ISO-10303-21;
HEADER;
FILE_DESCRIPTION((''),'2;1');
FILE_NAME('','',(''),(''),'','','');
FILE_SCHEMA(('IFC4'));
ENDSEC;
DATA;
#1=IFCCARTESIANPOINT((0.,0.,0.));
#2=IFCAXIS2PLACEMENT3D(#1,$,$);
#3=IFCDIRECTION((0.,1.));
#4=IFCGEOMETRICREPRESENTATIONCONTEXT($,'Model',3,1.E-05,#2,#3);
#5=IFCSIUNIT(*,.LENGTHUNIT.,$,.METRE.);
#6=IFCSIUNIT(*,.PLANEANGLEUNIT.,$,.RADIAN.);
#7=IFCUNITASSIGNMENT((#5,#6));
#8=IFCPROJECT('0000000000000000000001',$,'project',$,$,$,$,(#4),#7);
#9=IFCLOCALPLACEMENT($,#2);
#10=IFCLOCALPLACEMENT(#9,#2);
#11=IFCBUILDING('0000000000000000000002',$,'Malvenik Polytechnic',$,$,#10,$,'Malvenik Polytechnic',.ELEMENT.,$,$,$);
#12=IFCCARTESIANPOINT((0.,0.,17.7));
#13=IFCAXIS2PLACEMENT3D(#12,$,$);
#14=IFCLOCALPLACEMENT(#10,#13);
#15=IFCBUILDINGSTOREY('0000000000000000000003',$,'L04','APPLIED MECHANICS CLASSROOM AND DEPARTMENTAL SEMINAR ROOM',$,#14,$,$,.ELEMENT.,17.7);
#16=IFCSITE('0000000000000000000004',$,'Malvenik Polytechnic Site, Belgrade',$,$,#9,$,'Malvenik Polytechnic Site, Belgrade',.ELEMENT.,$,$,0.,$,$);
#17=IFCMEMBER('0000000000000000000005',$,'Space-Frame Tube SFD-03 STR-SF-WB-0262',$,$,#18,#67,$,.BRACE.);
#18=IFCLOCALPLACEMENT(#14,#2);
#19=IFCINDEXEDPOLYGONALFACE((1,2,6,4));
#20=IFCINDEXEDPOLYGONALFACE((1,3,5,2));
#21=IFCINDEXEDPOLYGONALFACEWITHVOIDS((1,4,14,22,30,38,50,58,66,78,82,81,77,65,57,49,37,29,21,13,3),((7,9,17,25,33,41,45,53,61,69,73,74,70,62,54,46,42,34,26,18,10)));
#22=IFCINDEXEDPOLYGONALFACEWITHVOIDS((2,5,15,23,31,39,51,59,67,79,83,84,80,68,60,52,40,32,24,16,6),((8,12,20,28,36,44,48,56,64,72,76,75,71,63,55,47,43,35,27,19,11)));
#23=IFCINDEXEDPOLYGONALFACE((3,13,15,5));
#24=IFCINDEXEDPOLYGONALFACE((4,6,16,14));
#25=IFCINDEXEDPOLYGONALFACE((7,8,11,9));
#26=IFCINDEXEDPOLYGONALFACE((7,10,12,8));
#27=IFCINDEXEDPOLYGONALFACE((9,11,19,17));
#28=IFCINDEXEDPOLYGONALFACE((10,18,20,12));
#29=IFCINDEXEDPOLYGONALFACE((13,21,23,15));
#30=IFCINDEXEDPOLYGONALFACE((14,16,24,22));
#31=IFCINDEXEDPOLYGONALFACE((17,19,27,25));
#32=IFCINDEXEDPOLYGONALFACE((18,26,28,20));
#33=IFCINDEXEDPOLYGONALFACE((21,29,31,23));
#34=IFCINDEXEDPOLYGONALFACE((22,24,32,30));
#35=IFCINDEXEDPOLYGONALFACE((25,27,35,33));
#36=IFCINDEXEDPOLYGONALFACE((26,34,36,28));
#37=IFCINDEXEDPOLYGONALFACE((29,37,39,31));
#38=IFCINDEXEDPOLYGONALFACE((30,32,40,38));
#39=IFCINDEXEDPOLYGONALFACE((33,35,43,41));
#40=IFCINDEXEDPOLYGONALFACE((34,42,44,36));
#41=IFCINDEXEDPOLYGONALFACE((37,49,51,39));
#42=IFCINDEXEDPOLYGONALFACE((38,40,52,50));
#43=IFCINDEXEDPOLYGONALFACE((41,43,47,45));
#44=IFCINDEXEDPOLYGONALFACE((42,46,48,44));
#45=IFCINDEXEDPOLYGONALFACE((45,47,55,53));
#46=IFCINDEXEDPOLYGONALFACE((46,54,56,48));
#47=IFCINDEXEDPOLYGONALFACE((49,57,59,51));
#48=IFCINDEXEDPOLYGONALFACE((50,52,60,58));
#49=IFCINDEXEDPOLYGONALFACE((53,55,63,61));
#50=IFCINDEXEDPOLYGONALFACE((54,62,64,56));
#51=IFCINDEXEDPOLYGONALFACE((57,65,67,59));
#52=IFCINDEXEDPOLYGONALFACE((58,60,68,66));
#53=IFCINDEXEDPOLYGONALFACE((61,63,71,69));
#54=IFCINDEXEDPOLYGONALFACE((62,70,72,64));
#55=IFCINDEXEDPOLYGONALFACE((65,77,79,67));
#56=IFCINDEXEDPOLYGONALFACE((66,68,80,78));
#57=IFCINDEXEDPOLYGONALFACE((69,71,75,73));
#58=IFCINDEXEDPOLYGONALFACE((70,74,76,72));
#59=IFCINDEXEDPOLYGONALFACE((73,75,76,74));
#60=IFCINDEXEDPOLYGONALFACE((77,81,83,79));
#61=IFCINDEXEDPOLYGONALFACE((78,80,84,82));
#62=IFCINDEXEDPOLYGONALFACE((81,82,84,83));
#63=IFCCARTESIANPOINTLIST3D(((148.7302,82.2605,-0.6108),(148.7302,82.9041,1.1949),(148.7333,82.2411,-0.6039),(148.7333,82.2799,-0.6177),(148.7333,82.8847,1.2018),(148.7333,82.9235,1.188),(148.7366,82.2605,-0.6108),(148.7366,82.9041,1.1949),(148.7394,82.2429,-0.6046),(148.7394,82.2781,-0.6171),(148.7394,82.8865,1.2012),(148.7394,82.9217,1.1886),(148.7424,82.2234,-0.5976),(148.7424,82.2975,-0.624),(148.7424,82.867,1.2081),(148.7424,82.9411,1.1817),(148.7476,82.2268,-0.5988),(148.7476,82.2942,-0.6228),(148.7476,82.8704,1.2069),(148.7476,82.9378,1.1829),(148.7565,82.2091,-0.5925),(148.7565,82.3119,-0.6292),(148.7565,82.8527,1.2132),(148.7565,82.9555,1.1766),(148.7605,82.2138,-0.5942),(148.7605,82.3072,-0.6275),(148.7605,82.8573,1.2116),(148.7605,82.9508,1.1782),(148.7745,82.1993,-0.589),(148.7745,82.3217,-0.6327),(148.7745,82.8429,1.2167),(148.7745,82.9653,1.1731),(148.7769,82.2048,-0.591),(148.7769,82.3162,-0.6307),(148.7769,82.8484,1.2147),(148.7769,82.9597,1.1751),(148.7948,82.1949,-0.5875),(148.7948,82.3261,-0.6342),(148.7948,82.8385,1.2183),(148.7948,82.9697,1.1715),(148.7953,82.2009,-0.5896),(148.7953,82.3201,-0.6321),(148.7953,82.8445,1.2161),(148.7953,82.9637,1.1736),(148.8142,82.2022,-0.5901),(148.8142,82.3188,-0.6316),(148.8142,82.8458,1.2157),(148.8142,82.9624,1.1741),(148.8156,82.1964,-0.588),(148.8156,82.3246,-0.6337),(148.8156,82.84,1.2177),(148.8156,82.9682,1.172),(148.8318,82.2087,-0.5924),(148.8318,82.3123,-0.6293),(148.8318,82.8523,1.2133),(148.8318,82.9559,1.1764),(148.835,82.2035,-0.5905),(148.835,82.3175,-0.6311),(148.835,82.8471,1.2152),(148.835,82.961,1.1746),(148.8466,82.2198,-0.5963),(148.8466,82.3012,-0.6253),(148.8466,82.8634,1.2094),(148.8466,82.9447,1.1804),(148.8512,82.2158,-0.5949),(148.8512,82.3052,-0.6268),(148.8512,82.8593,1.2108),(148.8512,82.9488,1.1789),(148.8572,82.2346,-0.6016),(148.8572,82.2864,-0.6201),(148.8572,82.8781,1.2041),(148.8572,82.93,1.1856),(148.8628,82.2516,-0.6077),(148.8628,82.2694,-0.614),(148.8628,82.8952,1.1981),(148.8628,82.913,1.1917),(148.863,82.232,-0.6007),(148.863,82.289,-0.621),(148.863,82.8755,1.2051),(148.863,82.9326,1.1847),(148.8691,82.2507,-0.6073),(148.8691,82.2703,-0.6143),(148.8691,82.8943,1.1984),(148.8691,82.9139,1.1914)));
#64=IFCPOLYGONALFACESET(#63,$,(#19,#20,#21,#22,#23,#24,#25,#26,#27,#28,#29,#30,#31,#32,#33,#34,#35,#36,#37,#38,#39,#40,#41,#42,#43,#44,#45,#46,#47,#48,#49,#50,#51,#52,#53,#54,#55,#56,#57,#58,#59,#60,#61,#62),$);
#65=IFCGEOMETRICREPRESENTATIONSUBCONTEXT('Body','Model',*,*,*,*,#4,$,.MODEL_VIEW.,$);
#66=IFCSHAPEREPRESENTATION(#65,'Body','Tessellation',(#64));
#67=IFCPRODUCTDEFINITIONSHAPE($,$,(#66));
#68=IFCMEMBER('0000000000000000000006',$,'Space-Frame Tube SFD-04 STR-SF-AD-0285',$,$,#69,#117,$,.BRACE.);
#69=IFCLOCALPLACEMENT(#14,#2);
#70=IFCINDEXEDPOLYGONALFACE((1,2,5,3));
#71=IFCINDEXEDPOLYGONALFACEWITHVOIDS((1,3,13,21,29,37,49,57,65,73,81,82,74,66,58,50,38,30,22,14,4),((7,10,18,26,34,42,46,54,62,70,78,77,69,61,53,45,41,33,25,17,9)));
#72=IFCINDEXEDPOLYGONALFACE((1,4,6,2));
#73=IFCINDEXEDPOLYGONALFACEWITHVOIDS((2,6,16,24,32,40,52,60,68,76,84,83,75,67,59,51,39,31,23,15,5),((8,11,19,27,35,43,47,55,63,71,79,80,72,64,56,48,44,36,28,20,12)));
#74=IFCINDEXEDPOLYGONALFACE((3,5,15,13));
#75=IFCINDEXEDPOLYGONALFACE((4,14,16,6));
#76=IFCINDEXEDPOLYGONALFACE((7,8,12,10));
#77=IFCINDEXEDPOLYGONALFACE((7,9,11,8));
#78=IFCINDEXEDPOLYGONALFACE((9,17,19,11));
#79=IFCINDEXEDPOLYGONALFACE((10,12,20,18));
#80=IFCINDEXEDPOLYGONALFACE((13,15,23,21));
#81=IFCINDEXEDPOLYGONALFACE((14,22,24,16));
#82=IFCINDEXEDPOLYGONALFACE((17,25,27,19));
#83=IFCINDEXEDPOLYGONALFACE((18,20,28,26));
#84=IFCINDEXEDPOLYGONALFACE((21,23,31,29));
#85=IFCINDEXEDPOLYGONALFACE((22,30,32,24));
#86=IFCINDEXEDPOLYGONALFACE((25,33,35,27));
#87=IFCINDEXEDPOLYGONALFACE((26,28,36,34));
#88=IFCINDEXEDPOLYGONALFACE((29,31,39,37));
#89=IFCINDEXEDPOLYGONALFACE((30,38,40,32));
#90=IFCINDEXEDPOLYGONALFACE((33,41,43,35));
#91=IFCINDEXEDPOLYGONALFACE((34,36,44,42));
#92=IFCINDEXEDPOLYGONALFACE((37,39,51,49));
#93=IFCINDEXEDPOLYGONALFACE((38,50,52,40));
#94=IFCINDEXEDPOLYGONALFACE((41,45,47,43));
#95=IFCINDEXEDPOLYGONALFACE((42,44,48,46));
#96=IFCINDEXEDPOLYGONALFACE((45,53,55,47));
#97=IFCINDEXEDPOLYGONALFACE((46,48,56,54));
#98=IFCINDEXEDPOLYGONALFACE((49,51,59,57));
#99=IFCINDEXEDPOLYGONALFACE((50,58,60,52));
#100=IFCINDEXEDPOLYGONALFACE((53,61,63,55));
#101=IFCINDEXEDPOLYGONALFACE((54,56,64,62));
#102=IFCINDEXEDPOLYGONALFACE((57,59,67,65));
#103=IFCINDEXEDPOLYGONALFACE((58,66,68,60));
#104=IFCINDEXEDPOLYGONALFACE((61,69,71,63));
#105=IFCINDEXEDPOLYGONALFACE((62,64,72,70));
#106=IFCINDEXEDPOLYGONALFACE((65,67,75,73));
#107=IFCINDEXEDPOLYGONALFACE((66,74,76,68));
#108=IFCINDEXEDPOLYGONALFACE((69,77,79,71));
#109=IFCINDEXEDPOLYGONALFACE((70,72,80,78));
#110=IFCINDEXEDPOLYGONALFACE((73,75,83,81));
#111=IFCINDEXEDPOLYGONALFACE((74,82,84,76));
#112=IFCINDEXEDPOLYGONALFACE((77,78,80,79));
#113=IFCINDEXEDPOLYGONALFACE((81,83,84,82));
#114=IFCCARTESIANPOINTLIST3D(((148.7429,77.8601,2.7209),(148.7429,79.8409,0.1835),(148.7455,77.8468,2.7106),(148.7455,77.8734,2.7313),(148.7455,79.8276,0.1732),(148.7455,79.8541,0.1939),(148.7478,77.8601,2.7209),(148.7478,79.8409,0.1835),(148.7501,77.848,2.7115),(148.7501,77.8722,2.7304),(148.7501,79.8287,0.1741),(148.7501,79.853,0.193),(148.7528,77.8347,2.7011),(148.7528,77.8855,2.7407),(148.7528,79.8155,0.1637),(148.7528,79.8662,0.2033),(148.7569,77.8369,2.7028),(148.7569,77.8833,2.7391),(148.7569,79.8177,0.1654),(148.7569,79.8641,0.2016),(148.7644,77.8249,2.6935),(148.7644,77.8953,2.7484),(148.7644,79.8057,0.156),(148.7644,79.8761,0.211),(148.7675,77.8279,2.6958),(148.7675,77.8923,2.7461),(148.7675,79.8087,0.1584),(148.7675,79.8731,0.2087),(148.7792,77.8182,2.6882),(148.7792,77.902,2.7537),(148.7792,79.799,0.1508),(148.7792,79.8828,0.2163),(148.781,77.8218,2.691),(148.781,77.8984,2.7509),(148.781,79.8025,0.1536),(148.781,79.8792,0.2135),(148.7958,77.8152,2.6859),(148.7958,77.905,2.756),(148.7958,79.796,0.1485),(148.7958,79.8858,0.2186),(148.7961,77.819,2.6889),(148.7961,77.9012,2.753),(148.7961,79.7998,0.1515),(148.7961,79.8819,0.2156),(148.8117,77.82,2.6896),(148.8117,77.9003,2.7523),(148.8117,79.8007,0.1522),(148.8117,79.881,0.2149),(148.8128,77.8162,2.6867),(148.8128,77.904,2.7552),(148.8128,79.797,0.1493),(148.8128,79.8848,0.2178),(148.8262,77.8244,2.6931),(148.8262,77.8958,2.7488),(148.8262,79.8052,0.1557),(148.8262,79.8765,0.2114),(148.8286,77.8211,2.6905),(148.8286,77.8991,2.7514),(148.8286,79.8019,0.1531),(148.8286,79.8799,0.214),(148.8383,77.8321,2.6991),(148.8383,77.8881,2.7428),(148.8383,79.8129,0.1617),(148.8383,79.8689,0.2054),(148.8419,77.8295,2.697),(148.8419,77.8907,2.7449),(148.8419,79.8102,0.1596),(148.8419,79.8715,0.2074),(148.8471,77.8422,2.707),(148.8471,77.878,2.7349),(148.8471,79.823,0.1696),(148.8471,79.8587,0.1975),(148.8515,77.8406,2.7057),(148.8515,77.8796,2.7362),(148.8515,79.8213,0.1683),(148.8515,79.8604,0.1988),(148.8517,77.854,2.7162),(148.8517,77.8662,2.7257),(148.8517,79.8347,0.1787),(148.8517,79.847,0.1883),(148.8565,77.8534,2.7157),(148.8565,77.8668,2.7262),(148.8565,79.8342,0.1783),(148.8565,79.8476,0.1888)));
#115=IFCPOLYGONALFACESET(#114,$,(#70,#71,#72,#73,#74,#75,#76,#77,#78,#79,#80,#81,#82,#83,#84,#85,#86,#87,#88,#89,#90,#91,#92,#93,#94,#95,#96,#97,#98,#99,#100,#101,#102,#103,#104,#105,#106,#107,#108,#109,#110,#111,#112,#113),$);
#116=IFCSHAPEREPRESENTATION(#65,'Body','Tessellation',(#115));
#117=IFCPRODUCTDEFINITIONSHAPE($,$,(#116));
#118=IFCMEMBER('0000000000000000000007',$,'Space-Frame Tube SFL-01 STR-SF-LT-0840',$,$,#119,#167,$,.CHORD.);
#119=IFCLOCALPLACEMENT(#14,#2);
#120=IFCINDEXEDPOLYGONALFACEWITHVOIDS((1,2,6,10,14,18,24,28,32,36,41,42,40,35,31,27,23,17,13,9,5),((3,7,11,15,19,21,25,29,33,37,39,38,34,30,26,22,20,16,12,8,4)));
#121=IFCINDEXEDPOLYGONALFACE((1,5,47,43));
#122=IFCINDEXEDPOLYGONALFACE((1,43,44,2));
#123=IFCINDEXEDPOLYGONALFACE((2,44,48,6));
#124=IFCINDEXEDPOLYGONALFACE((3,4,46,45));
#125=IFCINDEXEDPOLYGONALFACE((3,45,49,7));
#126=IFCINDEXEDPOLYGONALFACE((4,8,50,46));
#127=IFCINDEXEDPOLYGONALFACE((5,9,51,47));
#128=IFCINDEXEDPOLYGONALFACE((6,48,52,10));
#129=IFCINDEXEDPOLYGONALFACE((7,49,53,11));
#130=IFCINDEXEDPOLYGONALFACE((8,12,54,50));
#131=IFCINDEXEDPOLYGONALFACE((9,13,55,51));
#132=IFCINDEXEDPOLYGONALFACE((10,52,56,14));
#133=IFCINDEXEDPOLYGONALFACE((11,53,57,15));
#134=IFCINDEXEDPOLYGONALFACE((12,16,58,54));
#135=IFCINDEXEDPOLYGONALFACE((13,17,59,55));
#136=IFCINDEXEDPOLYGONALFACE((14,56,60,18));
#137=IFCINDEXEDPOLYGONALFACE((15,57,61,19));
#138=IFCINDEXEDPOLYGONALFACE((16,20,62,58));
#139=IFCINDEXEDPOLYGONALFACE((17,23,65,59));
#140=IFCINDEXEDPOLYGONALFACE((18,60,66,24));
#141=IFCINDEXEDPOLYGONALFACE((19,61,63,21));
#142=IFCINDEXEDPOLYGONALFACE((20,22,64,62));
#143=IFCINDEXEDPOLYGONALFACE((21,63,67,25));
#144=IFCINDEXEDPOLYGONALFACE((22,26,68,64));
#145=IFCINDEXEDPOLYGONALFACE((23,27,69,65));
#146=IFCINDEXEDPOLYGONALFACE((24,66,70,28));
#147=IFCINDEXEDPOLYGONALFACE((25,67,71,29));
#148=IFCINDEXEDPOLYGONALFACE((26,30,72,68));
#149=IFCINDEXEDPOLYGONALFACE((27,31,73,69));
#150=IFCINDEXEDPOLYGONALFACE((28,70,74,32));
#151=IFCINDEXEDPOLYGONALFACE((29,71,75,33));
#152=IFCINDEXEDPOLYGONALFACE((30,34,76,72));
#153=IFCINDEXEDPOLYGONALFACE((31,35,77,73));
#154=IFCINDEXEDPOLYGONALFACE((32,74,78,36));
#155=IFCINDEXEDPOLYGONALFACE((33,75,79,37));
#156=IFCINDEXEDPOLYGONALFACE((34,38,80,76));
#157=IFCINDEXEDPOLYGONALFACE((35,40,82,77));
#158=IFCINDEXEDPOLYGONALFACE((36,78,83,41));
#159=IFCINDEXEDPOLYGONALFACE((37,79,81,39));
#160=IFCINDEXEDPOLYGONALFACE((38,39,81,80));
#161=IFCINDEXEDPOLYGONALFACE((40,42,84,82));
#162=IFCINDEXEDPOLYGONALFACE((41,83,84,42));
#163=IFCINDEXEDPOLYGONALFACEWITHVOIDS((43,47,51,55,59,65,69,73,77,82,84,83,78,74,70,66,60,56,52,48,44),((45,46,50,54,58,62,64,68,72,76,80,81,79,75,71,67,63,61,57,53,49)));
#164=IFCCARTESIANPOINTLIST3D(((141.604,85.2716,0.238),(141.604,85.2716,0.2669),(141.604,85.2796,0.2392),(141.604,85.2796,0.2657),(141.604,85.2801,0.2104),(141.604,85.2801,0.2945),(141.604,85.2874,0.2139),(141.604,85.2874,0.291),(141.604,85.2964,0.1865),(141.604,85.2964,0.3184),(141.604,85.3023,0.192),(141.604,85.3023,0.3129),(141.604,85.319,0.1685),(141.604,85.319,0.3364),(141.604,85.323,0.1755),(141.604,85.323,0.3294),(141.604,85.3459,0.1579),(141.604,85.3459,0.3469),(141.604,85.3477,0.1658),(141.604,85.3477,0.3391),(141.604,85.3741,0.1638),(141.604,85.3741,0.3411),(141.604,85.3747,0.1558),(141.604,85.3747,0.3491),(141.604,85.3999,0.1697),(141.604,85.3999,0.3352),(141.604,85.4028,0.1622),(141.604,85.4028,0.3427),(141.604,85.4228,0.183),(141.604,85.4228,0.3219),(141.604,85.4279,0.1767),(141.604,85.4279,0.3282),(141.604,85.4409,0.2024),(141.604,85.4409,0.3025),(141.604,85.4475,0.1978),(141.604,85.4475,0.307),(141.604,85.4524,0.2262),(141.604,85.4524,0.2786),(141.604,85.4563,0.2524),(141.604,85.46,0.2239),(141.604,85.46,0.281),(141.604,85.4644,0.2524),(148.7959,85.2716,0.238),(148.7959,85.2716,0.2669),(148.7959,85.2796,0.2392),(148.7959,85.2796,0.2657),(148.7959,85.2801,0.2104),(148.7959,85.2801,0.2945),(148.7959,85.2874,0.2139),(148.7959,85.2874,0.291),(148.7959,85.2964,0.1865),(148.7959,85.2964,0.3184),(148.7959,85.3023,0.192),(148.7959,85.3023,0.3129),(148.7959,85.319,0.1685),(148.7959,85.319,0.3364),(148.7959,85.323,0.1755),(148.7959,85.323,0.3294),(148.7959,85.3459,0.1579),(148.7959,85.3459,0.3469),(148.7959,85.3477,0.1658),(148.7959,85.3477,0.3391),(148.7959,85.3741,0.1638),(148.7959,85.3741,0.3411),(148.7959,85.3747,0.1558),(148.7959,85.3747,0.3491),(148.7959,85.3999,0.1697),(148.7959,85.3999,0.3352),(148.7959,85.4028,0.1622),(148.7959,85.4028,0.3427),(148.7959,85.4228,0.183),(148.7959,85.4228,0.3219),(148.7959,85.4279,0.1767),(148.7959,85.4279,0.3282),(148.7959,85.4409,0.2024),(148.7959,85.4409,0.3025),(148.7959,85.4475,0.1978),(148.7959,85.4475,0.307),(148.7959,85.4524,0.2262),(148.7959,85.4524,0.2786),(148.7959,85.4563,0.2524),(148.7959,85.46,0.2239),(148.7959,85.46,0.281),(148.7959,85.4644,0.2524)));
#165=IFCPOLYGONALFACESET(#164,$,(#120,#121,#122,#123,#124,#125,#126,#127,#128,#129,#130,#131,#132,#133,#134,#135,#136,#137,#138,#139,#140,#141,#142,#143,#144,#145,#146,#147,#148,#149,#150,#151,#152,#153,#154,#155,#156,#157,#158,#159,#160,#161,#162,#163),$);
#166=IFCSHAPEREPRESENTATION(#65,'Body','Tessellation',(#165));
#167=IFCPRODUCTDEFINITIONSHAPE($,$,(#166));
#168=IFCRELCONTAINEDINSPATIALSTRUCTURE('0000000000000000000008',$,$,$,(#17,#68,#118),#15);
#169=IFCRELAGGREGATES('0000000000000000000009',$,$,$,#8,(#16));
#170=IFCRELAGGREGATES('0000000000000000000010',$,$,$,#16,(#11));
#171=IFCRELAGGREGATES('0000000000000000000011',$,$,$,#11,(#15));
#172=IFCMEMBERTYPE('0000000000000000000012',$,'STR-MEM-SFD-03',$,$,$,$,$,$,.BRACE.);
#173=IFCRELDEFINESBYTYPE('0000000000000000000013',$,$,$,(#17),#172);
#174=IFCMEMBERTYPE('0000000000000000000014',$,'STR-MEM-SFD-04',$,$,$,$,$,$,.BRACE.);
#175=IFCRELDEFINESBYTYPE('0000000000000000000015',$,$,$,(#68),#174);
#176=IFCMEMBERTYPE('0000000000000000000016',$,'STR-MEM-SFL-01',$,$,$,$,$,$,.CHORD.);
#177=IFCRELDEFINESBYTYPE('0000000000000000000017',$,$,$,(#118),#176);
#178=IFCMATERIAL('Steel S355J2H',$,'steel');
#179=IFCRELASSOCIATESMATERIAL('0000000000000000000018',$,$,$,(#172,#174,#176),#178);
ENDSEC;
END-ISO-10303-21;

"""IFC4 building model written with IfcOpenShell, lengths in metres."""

from ifc_helpers import new_model, si_unit, direction, frame, origin, origin_2d, place, context, subcontext, project, spatial, hollow_circle, extrude, material, material_profile, profile_set, type_object, element, save


model = new_model("IFC4")

# Units and contexts
model_context = context("Model", 3, precision=1e-05, world=origin(), true_north=direction((0.0, 1.0)))
body_context = subcontext(model_context, "Body", "Model", "MODEL_VIEW")
ifc_project = project(units=[si_unit("LENGTHUNIT", "METRE"), si_unit("PLANEANGLEUNIT", "RADIAN")], contexts=[model_context])

# Site, building, storey
site_placement = place(None, origin())
site = spatial("IfcSite", under=ifc_project, at=site_placement, Name="Malvenik Polytechnic Site, Belgrade", LongName="Malvenik Polytechnic Site, Belgrade", CompositionType="ELEMENT", RefElevation=0.0)
building_placement = place(site_placement, origin())
building = spatial("IfcBuilding", under=site, at=building_placement, Name="Malvenik Polytechnic", LongName="Malvenik Polytechnic", CompositionType="ELEMENT")
storey_placement = place(building_placement, frame((0.0, 0.0, 17.7)))
storey = spatial("IfcBuildingStorey", under=building, at=storey_placement, Name="L04", Description="APPLIED MECHANICS CLASSROOM AND DEPARTMENTAL SEMINAR ROOM", CompositionType="ELEMENT", Elevation=17.7)

# Members
ifc_material = material(Name="Steel S355J2H", Category="steel")
ifc_material_profile_1 = material_profile(ifc_material, hollow_circle(Radius=0.0698, WallThickness=0.0063, at=origin_2d()), Name="CHS 139.7x6.3")
ifc_profile_set_1 = profile_set([ifc_material_profile_1], Name="Steel S355J2H")
member_type_1 = type_object("IfcMemberType", Name="STR-MEM-SFD-03", PredefinedType="BRACE", material=ifc_profile_set_1)
member_1_placement = place(storey_placement, frame((148.8, 82.2605, -0.6108), z_axis=(0.0, 0.335723, 0.941961), x_axis=(-1.0, 0.0, 0.0)))
element("IfcMember", 1, at=member_1_placement, inside=storey, type_object=member_type_1, Name="Space-Frame Tube SFD-03 STR-SF-WB-0262", PredefinedType="BRACE", context=body_context, shape_type="SweptSolid", body=[
    extrude(hollow_circle(Radius=0.0698, WallThickness=0.0063, at=origin_2d()), origin(), (0.0, 0.0, 1.0), 1.917),
])
ifc_material_profile_2 = material_profile(ifc_material, hollow_circle(Radius=0.0571, WallThickness=0.0049, at=origin_2d()), Name="CHS 114.3x5.0")
ifc_profile_set_2 = profile_set([ifc_material_profile_2], Name="Steel S355J2H")
member_type_2 = type_object("IfcMemberType", Name="STR-MEM-SFD-04", PredefinedType="BRACE", material=ifc_profile_set_2)
member_2_placement = place(storey_placement, frame((148.8, 77.8601, 2.7209), z_axis=(0.0, 0.615336, -0.788265), x_axis=(-1.0, 0.0, 0.0)))
element("IfcMember", 2, at=member_2_placement, inside=storey, type_object=member_type_2, Name="Space-Frame Tube SFD-04 STR-SF-AD-0285", PredefinedType="BRACE", context=body_context, shape_type="SweptSolid", body=[
    extrude(hollow_circle(Radius=0.0571, WallThickness=0.0049, at=origin_2d()), origin(), (0.0, 0.0, 1.0), 3.219),
])
ifc_material_profile_3 = material_profile(ifc_material, hollow_circle(Radius=0.0969, WallThickness=0.0081, at=origin_2d()), Name="CHS 193.7x8.0")
ifc_profile_set_3 = profile_set([ifc_material_profile_3], Name="Steel S355J2H")
member_type_3 = type_object("IfcMemberType", Name="STR-MEM-SFL-01", PredefinedType="CHORD", material=ifc_profile_set_3)
member_3_placement = place(storey_placement, frame((141.604, 85.3674, 0.2524), z_axis=(1.0, 0.0, 0.0), x_axis=(0.0, 1.0, 0.0)))
element("IfcMember", 3, at=member_3_placement, inside=storey, type_object=member_type_3, Name="Space-Frame Tube SFL-01 STR-SF-LT-0840", PredefinedType="CHORD", context=body_context, shape_type="SweptSolid", body=[
    extrude(hollow_circle(Radius=0.0969, WallThickness=0.0081, at=origin_2d()), origin(), (0.0, 0.0, 1.0), 7.1919),
])

save(model, "model.ifc")
